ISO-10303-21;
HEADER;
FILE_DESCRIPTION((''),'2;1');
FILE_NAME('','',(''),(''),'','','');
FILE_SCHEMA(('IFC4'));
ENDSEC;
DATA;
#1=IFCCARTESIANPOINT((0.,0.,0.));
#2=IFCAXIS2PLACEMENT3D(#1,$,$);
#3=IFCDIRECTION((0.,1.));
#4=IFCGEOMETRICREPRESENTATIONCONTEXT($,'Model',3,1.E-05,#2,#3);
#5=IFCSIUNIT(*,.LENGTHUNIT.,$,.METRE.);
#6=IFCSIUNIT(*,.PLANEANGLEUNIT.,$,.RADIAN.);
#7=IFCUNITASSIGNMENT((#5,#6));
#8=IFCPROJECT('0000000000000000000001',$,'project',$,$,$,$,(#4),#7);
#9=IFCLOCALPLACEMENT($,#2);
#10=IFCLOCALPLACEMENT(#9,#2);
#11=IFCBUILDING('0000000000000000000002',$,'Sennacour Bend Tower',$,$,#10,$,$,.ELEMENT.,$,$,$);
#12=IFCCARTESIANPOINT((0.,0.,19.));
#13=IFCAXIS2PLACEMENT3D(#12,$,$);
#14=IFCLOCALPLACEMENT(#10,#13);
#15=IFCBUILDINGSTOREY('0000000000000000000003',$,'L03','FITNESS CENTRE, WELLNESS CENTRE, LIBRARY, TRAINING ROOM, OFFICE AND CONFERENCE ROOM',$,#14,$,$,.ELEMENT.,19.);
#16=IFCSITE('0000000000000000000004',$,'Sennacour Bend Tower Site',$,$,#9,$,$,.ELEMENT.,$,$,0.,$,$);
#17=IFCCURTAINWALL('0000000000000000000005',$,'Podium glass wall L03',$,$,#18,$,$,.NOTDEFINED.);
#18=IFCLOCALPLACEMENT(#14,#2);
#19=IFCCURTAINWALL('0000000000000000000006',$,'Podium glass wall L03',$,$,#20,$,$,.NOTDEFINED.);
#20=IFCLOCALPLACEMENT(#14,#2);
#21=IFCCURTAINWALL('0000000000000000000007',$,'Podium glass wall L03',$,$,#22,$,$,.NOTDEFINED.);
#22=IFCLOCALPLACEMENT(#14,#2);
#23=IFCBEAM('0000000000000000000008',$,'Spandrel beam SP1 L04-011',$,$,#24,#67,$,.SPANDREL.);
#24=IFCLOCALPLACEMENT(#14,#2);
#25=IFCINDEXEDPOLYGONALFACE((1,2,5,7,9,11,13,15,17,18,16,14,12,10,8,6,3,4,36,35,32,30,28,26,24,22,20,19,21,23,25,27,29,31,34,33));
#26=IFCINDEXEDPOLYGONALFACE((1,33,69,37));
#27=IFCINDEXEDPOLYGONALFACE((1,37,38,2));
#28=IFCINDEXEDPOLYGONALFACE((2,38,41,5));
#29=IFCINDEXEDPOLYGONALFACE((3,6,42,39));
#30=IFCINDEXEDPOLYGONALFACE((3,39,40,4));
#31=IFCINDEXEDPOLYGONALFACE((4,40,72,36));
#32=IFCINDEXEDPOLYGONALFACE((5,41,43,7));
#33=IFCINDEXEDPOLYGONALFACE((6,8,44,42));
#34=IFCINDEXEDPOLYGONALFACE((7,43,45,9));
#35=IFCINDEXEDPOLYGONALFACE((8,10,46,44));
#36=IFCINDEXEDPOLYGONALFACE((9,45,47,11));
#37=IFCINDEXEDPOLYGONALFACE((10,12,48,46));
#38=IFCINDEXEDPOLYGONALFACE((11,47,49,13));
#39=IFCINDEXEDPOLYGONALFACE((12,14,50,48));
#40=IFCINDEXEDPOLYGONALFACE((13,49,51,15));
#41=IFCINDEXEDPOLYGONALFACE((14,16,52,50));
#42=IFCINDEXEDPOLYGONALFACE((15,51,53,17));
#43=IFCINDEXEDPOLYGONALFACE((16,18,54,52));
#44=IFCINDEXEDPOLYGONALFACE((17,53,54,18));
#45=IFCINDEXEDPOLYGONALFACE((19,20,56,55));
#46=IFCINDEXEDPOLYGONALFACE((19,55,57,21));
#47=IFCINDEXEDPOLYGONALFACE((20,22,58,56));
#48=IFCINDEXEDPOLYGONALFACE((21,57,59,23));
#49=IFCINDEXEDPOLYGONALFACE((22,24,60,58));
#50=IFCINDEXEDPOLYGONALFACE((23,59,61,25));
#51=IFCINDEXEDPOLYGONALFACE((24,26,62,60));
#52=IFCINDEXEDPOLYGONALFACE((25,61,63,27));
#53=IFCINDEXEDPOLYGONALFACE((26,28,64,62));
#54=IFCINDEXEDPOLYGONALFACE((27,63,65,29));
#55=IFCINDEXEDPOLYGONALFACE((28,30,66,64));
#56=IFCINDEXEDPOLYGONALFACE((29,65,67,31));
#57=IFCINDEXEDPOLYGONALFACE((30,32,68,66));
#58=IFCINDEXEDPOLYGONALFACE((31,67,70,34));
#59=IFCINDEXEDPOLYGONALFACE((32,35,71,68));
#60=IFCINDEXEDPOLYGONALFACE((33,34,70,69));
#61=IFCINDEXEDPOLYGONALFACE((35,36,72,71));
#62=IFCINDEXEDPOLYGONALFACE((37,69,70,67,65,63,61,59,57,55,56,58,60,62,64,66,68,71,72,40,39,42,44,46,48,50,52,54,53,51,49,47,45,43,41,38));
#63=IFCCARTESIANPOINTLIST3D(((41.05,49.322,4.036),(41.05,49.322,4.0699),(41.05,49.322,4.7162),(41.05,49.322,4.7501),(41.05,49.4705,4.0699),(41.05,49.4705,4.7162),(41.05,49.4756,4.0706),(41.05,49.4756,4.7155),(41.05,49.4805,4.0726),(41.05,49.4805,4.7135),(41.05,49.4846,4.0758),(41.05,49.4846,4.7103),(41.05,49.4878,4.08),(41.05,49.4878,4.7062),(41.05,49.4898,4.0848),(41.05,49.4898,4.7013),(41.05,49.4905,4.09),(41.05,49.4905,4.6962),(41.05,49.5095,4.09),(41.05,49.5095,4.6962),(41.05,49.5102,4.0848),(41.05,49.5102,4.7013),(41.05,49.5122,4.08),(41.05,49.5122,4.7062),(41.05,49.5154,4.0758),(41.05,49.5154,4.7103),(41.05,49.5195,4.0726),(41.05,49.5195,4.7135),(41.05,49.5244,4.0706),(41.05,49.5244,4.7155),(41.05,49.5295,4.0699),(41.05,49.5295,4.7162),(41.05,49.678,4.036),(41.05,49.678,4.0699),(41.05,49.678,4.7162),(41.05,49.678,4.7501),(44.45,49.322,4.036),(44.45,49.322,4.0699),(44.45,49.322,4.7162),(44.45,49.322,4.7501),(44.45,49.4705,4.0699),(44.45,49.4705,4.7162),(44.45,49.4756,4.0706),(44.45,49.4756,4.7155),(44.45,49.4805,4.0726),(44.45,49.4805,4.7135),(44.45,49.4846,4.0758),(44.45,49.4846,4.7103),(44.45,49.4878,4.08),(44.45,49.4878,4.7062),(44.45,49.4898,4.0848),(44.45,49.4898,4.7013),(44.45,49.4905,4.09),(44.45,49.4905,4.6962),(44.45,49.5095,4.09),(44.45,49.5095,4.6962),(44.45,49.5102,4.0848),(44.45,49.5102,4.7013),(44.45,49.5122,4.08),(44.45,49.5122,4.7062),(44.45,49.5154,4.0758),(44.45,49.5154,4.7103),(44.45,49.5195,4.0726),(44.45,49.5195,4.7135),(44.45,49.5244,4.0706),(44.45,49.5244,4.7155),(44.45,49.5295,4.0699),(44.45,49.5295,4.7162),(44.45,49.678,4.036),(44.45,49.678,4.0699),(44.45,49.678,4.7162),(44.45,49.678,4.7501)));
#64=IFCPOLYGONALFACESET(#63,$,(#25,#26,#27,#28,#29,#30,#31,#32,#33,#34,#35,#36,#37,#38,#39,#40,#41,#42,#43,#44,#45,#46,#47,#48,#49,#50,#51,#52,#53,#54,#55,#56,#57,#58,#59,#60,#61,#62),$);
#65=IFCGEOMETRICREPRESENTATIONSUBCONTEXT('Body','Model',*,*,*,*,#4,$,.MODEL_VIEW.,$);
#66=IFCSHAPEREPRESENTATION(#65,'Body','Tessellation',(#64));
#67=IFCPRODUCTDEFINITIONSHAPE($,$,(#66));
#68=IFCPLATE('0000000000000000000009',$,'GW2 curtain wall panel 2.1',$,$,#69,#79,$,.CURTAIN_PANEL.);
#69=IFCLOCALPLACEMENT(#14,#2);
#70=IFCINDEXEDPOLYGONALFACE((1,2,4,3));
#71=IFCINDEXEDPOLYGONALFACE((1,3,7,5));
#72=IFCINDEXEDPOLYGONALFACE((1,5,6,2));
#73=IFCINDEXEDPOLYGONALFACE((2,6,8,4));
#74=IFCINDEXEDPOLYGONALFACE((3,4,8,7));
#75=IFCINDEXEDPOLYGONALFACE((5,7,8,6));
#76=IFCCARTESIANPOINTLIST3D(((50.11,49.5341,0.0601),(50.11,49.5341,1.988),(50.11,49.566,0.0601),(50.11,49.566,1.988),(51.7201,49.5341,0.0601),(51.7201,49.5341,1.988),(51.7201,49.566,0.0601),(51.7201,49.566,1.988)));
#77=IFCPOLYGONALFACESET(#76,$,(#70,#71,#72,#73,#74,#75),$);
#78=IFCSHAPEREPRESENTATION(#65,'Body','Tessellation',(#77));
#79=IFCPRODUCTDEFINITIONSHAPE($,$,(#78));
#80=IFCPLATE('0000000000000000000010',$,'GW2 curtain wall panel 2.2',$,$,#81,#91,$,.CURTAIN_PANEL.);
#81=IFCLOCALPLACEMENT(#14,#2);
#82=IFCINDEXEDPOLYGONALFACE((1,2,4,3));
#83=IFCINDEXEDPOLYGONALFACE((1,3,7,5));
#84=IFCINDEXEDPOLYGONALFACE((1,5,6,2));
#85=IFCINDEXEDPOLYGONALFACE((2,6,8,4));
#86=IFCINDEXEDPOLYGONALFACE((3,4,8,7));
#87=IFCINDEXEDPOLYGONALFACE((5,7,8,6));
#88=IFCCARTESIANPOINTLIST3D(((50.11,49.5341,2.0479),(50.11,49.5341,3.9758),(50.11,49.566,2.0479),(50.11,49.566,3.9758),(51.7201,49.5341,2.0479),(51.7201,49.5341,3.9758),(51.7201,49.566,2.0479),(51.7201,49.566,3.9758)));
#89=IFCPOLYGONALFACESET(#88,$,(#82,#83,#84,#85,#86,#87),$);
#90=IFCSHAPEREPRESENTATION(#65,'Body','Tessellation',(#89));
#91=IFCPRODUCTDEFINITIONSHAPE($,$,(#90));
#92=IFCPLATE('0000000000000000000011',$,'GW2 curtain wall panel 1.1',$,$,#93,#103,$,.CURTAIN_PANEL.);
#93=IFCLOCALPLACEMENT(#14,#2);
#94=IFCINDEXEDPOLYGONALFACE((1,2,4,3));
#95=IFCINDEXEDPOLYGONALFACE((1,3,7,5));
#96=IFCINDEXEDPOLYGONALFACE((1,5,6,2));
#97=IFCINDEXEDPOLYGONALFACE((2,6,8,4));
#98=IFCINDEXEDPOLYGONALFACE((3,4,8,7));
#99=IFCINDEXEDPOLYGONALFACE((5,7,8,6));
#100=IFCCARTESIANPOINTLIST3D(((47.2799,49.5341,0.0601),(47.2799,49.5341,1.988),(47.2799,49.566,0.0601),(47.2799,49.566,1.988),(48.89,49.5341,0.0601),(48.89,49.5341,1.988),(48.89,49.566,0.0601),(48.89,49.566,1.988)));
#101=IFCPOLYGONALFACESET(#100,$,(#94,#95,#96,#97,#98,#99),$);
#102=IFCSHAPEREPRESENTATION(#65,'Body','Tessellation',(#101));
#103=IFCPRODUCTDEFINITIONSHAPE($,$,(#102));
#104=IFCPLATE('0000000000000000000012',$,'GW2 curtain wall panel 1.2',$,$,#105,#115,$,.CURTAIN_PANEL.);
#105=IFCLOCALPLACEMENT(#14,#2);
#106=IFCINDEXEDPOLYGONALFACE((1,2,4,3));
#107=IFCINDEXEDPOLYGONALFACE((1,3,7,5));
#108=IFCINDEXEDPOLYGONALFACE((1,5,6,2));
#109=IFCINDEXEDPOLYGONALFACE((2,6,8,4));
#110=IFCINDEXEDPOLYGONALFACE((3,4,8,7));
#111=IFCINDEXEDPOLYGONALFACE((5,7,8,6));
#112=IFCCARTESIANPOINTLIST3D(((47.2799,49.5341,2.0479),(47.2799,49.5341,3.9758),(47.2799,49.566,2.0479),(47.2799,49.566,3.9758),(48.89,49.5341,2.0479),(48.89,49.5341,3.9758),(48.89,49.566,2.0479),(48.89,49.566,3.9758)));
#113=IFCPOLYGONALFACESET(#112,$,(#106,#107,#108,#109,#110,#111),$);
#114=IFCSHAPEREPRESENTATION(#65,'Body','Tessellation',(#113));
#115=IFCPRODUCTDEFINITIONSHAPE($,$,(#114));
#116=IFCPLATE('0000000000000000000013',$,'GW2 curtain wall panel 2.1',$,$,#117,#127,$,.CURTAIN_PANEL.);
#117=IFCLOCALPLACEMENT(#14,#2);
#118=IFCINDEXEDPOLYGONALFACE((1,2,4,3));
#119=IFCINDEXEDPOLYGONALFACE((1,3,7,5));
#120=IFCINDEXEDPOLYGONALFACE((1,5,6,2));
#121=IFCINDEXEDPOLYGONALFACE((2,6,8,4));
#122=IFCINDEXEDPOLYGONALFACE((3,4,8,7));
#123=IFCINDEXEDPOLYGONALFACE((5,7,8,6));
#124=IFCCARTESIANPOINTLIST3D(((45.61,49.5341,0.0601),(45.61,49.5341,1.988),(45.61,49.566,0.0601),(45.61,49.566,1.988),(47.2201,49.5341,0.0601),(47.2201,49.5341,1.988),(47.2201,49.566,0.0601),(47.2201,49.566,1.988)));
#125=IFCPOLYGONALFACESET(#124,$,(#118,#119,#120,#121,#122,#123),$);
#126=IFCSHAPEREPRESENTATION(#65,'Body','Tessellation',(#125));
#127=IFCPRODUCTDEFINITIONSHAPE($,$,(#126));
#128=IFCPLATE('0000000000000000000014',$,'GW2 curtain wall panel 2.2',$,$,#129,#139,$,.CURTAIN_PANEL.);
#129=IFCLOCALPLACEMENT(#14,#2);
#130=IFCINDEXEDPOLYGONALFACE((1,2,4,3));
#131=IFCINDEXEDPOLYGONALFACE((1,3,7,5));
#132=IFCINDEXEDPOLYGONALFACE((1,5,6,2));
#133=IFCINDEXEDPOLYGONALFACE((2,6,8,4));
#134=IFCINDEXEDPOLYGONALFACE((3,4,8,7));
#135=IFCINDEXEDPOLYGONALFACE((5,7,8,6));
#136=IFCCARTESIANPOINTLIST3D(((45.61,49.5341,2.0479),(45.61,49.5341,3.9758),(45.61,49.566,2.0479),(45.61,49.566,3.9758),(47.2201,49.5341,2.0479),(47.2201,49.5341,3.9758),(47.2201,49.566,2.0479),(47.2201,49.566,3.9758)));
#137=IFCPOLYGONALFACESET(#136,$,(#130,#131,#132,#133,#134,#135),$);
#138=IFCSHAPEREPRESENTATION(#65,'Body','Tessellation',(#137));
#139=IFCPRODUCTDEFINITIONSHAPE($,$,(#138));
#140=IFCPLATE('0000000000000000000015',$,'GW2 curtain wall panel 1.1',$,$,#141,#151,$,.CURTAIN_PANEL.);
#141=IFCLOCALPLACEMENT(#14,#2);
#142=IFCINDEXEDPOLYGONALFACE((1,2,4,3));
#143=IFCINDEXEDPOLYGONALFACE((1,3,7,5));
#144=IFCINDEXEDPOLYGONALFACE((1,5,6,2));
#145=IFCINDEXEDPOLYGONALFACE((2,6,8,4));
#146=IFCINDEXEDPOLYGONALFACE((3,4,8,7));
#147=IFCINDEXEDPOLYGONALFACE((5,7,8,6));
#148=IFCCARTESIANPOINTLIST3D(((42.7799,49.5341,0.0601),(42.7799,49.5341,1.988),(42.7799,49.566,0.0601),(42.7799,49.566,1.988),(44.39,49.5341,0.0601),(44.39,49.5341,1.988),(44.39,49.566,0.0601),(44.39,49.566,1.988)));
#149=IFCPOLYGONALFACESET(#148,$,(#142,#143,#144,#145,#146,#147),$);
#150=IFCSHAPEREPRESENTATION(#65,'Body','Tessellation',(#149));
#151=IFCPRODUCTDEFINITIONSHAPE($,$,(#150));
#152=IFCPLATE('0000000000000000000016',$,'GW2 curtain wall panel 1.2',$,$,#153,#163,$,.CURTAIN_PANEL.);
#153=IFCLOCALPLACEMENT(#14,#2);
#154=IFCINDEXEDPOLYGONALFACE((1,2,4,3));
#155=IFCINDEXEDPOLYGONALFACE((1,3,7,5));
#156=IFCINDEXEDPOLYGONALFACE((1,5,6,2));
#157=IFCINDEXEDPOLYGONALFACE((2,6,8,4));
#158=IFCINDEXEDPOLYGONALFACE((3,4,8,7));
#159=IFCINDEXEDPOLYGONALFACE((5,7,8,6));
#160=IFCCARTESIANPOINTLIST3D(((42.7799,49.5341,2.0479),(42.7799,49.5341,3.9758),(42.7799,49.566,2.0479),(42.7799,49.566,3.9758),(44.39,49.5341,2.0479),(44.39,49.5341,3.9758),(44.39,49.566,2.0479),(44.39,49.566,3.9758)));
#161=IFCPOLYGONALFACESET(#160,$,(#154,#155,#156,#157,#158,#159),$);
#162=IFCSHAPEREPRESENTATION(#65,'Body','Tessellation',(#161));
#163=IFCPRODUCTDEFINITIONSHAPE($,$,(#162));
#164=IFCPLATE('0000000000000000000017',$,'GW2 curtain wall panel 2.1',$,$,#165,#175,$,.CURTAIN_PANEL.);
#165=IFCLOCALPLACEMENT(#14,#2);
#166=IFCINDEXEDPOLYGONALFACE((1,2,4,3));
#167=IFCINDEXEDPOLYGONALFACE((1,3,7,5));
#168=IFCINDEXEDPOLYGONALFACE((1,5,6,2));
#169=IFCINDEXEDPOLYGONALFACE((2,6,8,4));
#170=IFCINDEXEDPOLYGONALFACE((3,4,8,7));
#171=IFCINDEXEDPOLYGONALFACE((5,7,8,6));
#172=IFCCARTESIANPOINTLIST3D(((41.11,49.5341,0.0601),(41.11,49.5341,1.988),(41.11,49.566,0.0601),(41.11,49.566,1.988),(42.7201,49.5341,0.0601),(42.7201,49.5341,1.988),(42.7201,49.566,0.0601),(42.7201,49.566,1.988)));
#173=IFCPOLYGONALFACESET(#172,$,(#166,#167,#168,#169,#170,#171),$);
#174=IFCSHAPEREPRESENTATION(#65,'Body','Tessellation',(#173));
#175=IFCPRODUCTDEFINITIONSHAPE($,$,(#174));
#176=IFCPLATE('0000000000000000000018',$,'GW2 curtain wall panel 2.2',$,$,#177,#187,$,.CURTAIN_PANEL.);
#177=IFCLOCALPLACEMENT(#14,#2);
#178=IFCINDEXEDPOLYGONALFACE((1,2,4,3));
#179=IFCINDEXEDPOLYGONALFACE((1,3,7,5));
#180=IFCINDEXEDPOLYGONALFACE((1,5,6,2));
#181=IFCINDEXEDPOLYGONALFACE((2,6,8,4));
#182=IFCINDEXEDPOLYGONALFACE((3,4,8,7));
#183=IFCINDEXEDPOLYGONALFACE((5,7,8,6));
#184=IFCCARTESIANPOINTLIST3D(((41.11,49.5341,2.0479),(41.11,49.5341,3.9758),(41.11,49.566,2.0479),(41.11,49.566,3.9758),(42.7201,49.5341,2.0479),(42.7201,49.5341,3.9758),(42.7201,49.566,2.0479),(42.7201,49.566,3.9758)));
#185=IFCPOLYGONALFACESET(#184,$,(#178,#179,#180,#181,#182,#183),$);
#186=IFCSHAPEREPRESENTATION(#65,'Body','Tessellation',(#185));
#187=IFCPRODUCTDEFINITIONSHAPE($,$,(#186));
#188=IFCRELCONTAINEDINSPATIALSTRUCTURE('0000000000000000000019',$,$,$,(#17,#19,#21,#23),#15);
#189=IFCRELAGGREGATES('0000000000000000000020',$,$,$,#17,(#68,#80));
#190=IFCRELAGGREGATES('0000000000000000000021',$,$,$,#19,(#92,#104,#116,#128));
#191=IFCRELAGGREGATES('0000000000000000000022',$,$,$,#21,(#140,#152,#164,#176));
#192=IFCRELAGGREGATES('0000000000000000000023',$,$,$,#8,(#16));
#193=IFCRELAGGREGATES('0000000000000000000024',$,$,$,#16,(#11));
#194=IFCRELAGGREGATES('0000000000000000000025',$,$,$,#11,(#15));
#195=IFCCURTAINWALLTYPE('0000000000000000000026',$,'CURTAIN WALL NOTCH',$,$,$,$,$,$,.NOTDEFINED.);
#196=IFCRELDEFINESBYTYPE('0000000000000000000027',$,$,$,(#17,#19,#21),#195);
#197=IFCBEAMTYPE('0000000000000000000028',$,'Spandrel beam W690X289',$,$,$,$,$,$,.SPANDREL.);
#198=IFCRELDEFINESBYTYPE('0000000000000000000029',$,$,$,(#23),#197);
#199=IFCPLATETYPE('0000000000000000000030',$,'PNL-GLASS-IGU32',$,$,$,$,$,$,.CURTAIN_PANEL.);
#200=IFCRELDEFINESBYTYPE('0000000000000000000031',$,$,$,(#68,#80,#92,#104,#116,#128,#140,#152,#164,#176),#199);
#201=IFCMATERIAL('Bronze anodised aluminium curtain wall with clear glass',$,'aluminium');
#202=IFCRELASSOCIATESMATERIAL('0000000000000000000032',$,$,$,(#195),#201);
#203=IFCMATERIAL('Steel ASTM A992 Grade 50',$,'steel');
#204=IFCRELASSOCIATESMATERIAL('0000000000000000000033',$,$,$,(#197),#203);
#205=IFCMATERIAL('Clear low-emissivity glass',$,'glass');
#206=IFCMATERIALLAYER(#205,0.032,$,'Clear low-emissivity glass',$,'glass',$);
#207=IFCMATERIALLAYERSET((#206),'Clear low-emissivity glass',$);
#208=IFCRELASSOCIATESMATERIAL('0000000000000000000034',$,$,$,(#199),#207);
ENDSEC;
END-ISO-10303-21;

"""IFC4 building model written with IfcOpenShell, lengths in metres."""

from ifc_helpers import new_model, si_unit, direction, frame, origin, origin_2d, place, context, subcontext, project, spatial, rectangle, i_section, extrude, material, layer, layer_set, material_profile, profile_set, type_object, element, aggregate, save


model = new_model("IFC4")

# Units and contexts
model_context = context("Model", 3, precision=1e-05, world=origin(), true_north=direction((0.0, 1.0)))
body_context = subcontext(model_context, "Body", "Model", "MODEL_VIEW")
ifc_project = project(units=[si_unit("LENGTHUNIT", "METRE"), si_unit("PLANEANGLEUNIT", "RADIAN")], contexts=[model_context])

# Site, building, storey
site_placement = place(None, origin())
site = spatial("IfcSite", under=ifc_project, at=site_placement, Name="Sennacour Bend Tower Site", CompositionType="ELEMENT", RefElevation=0.0)
building_placement = place(site_placement, origin())
building = spatial("IfcBuilding", under=site, at=building_placement, Name="Sennacour Bend Tower", CompositionType="ELEMENT")
storey_placement = place(building_placement, frame((0.0, 0.0, 19.0)))
storey = spatial("IfcBuildingStorey", under=building, at=storey_placement, Name="L03", Description="FITNESS CENTRE, WELLNESS CENTRE, LIBRARY, TRAINING ROOM, OFFICE AND CONFERENCE ROOM", CompositionType="ELEMENT", Elevation=19.0)

# Curtain walls
ifc_material_1 = material(Name="Bronze anodised aluminium curtain wall with clear glass", Category="aluminium")
curtain_wall_type = type_object("IfcCurtainWallType", Name="CURTAIN WALL NOTCH", PredefinedType="NOTDEFINED", material=ifc_material_1)
curtain_wall_1_placement = place(storey_placement, origin())
curtain_wall_1 = element("IfcCurtainWall", 1, at=curtain_wall_1_placement, inside=storey, type_object=curtain_wall_type, Name="Podium glass wall L03", PredefinedType="NOTDEFINED")
curtain_wall_2_placement = place(storey_placement, origin())
curtain_wall_2 = element("IfcCurtainWall", 2, at=curtain_wall_2_placement, inside=storey, type_object=curtain_wall_type, Name="Podium glass wall L03", PredefinedType="NOTDEFINED")
curtain_wall_3_placement = place(storey_placement, origin())
curtain_wall_3 = element("IfcCurtainWall", 3, at=curtain_wall_3_placement, inside=storey, type_object=curtain_wall_type, Name="Podium glass wall L03", PredefinedType="NOTDEFINED")

# Beam
ifc_material_2 = material(Name="Steel ASTM A992 Grade 50", Category="steel")
ifc_material_profile_1 = material_profile(ifc_material_2, i_section(OverallWidth=0.356, OverallDepth=0.7141, WebThickness=0.019, FlangeThickness=0.0339, FilletRadius=0.02, at=origin_2d()), Name="Steel ASTM A992 Grade 50", Category="steel")
ifc_profile_set_1 = profile_set([ifc_material_profile_1], Name="Steel ASTM A992 Grade 50")
beam_type = type_object("IfcBeamType", Name="Spandrel beam W690X289", PredefinedType="SPANDREL", material=ifc_profile_set_1)
for number, where, z_axis, x_axis, name in (
    (4, (44.45, 49.5, 4.3931), (-1.0, 0.0, 0.0), (0.0, -1.0, 0.0), "Spandrel beam SP1 L04-011"),
):
    element("IfcBeam", number, at=place(storey_placement, frame(where, z_axis=z_axis, x_axis=x_axis)), inside=storey, type_object=beam_type, Name=name, PredefinedType="SPANDREL", context=body_context, shape_type="SweptSolid", body=[
        extrude(i_section(OverallWidth=0.356, OverallDepth=0.7141, WebThickness=0.019, FlangeThickness=0.0339, FilletRadius=0.02, at=origin_2d()), origin(), (0.0, 0.0, 1.0), 3.3999),
    ])

# Plates
ifc_material_3 = material(Name="Clear low-emissivity glass", Category="glass")
ifc_layer = layer(ifc_material_3, 0.032, Name="Clear low-emissivity glass", Category="glass")
ifc_layer_set = layer_set([ifc_layer], Name="Clear low-emissivity glass")
plate_type = type_object("IfcPlateType", Name="PNL-GLASS-IGU32", PredefinedType="CURTAIN_PANEL", material=ifc_layer_set)
plate_1_placement = place(storey_placement, frame((50.915, 49.55, 0.0601), z_axis=(0.0, 0.0, 1.0), x_axis=(-1.0, 0.0, 0.0)))
plate_1 = element("IfcPlate", 5, at=plate_1_placement, type_object=plate_type, Name="GW2 curtain wall panel 2.1", PredefinedType="CURTAIN_PANEL", context=body_context, shape_type="SweptSolid", body=[
    extrude(rectangle(XDim=1.6101, YDim=0.032, at=origin_2d()), origin(), (0.0, 0.0, 1.0), 1.928),
])
plate_2_placement = place(storey_placement, frame((50.915, 49.55, 2.0479), z_axis=(0.0, 0.0, 1.0), x_axis=(-1.0, 0.0, 0.0)))
plate_2 = element("IfcPlate", 6, at=plate_2_placement, type_object=plate_type, Name="GW2 curtain wall panel 2.2", PredefinedType="CURTAIN_PANEL", context=body_context, shape_type="SweptSolid", body=[
    extrude(rectangle(XDim=1.6101, YDim=0.032, at=origin_2d()), origin(), (0.0, 0.0, 1.0), 1.928),
])
aggregate(curtain_wall_1, [plate_1, plate_2])
plate_3_placement = place(storey_placement, frame((48.085, 49.55, 0.0601), z_axis=(0.0, 0.0, 1.0), x_axis=(-1.0, 0.0, 0.0)))
plate_3 = element("IfcPlate", 7, at=plate_3_placement, type_object=plate_type, Name="GW2 curtain wall panel 1.1", PredefinedType="CURTAIN_PANEL", context=body_context, shape_type="SweptSolid", body=[
    extrude(rectangle(XDim=1.6101, YDim=0.032, at=origin_2d()), origin(), (0.0, 0.0, 1.0), 1.928),
])
plate_4_placement = place(storey_placement, frame((48.085, 49.55, 2.0479), z_axis=(0.0, 0.0, 1.0), x_axis=(-1.0, 0.0, 0.0)))
plate_4 = element("IfcPlate", 8, at=plate_4_placement, type_object=plate_type, Name="GW2 curtain wall panel 1.2", PredefinedType="CURTAIN_PANEL", context=body_context, shape_type="SweptSolid", body=[
    extrude(rectangle(XDim=1.6101, YDim=0.032, at=origin_2d()), origin(), (0.0, 0.0, 1.0), 1.928),
])
plate_5_placement = place(storey_placement, frame((46.415, 49.55, 0.0601), z_axis=(0.0, 0.0, 1.0), x_axis=(-1.0, 0.0, 0.0)))
plate_5 = element("IfcPlate", 9, at=plate_5_placement, type_object=plate_type, Name="GW2 curtain wall panel 2.1", PredefinedType="CURTAIN_PANEL", context=body_context, shape_type="SweptSolid", body=[
    extrude(rectangle(XDim=1.6101, YDim=0.032, at=origin_2d()), origin(), (0.0, 0.0, 1.0), 1.928),
])
plate_6_placement = place(storey_placement, frame((46.415, 49.55, 2.0479), z_axis=(0.0, 0.0, 1.0), x_axis=(-1.0, 0.0, 0.0)))
plate_6 = element("IfcPlate", 10, at=plate_6_placement, type_object=plate_type, Name="GW2 curtain wall panel 2.2", PredefinedType="CURTAIN_PANEL", context=body_context, shape_type="SweptSolid", body=[
    extrude(rectangle(XDim=1.6101, YDim=0.032, at=origin_2d()), origin(), (0.0, 0.0, 1.0), 1.928),
])
aggregate(curtain_wall_2, [plate_3, plate_4, plate_5, plate_6])
plate_7_placement = place(storey_placement, frame((43.585, 49.55, 0.0601), z_axis=(0.0, 0.0, 1.0), x_axis=(-1.0, 0.0, 0.0)))
plate_7 = element("IfcPlate", 11, at=plate_7_placement, type_object=plate_type, Name="GW2 curtain wall panel 1.1", PredefinedType="CURTAIN_PANEL", context=body_context, shape_type="SweptSolid", body=[
    extrude(rectangle(XDim=1.6101, YDim=0.032, at=origin_2d()), origin(), (0.0, 0.0, 1.0), 1.928),
])
plate_8_placement = place(storey_placement, frame((43.585, 49.55, 2.0479), z_axis=(0.0, 0.0, 1.0), x_axis=(-1.0, 0.0, 0.0)))
plate_8 = element("IfcPlate", 12, at=plate_8_placement, type_object=plate_type, Name="GW2 curtain wall panel 1.2", PredefinedType="CURTAIN_PANEL", context=body_context, shape_type="SweptSolid", body=[
    extrude(rectangle(XDim=1.6101, YDim=0.032, at=origin_2d()), origin(), (0.0, 0.0, 1.0), 1.928),
])
plate_9_placement = place(storey_placement, frame((41.915, 49.55, 0.0601), z_axis=(0.0, 0.0, 1.0), x_axis=(-1.0, 0.0, 0.0)))
plate_9 = element("IfcPlate", 13, at=plate_9_placement, type_object=plate_type, Name="GW2 curtain wall panel 2.1", PredefinedType="CURTAIN_PANEL", context=body_context, shape_type="SweptSolid", body=[
    extrude(rectangle(XDim=1.6101, YDim=0.032, at=origin_2d()), origin(), (0.0, 0.0, 1.0), 1.928),
])
plate_10_placement = place(storey_placement, frame((41.915, 49.55, 2.0479), z_axis=(0.0, 0.0, 1.0), x_axis=(-1.0, 0.0, 0.0)))
plate_10 = element("IfcPlate", 14, at=plate_10_placement, type_object=plate_type, Name="GW2 curtain wall panel 2.2", PredefinedType="CURTAIN_PANEL", context=body_context, shape_type="SweptSolid", body=[
    extrude(rectangle(XDim=1.6101, YDim=0.032, at=origin_2d()), origin(), (0.0, 0.0, 1.0), 1.928),
])
aggregate(curtain_wall_3, [plate_7, plate_8, plate_9, plate_10])

save(model, "model.ifc")
